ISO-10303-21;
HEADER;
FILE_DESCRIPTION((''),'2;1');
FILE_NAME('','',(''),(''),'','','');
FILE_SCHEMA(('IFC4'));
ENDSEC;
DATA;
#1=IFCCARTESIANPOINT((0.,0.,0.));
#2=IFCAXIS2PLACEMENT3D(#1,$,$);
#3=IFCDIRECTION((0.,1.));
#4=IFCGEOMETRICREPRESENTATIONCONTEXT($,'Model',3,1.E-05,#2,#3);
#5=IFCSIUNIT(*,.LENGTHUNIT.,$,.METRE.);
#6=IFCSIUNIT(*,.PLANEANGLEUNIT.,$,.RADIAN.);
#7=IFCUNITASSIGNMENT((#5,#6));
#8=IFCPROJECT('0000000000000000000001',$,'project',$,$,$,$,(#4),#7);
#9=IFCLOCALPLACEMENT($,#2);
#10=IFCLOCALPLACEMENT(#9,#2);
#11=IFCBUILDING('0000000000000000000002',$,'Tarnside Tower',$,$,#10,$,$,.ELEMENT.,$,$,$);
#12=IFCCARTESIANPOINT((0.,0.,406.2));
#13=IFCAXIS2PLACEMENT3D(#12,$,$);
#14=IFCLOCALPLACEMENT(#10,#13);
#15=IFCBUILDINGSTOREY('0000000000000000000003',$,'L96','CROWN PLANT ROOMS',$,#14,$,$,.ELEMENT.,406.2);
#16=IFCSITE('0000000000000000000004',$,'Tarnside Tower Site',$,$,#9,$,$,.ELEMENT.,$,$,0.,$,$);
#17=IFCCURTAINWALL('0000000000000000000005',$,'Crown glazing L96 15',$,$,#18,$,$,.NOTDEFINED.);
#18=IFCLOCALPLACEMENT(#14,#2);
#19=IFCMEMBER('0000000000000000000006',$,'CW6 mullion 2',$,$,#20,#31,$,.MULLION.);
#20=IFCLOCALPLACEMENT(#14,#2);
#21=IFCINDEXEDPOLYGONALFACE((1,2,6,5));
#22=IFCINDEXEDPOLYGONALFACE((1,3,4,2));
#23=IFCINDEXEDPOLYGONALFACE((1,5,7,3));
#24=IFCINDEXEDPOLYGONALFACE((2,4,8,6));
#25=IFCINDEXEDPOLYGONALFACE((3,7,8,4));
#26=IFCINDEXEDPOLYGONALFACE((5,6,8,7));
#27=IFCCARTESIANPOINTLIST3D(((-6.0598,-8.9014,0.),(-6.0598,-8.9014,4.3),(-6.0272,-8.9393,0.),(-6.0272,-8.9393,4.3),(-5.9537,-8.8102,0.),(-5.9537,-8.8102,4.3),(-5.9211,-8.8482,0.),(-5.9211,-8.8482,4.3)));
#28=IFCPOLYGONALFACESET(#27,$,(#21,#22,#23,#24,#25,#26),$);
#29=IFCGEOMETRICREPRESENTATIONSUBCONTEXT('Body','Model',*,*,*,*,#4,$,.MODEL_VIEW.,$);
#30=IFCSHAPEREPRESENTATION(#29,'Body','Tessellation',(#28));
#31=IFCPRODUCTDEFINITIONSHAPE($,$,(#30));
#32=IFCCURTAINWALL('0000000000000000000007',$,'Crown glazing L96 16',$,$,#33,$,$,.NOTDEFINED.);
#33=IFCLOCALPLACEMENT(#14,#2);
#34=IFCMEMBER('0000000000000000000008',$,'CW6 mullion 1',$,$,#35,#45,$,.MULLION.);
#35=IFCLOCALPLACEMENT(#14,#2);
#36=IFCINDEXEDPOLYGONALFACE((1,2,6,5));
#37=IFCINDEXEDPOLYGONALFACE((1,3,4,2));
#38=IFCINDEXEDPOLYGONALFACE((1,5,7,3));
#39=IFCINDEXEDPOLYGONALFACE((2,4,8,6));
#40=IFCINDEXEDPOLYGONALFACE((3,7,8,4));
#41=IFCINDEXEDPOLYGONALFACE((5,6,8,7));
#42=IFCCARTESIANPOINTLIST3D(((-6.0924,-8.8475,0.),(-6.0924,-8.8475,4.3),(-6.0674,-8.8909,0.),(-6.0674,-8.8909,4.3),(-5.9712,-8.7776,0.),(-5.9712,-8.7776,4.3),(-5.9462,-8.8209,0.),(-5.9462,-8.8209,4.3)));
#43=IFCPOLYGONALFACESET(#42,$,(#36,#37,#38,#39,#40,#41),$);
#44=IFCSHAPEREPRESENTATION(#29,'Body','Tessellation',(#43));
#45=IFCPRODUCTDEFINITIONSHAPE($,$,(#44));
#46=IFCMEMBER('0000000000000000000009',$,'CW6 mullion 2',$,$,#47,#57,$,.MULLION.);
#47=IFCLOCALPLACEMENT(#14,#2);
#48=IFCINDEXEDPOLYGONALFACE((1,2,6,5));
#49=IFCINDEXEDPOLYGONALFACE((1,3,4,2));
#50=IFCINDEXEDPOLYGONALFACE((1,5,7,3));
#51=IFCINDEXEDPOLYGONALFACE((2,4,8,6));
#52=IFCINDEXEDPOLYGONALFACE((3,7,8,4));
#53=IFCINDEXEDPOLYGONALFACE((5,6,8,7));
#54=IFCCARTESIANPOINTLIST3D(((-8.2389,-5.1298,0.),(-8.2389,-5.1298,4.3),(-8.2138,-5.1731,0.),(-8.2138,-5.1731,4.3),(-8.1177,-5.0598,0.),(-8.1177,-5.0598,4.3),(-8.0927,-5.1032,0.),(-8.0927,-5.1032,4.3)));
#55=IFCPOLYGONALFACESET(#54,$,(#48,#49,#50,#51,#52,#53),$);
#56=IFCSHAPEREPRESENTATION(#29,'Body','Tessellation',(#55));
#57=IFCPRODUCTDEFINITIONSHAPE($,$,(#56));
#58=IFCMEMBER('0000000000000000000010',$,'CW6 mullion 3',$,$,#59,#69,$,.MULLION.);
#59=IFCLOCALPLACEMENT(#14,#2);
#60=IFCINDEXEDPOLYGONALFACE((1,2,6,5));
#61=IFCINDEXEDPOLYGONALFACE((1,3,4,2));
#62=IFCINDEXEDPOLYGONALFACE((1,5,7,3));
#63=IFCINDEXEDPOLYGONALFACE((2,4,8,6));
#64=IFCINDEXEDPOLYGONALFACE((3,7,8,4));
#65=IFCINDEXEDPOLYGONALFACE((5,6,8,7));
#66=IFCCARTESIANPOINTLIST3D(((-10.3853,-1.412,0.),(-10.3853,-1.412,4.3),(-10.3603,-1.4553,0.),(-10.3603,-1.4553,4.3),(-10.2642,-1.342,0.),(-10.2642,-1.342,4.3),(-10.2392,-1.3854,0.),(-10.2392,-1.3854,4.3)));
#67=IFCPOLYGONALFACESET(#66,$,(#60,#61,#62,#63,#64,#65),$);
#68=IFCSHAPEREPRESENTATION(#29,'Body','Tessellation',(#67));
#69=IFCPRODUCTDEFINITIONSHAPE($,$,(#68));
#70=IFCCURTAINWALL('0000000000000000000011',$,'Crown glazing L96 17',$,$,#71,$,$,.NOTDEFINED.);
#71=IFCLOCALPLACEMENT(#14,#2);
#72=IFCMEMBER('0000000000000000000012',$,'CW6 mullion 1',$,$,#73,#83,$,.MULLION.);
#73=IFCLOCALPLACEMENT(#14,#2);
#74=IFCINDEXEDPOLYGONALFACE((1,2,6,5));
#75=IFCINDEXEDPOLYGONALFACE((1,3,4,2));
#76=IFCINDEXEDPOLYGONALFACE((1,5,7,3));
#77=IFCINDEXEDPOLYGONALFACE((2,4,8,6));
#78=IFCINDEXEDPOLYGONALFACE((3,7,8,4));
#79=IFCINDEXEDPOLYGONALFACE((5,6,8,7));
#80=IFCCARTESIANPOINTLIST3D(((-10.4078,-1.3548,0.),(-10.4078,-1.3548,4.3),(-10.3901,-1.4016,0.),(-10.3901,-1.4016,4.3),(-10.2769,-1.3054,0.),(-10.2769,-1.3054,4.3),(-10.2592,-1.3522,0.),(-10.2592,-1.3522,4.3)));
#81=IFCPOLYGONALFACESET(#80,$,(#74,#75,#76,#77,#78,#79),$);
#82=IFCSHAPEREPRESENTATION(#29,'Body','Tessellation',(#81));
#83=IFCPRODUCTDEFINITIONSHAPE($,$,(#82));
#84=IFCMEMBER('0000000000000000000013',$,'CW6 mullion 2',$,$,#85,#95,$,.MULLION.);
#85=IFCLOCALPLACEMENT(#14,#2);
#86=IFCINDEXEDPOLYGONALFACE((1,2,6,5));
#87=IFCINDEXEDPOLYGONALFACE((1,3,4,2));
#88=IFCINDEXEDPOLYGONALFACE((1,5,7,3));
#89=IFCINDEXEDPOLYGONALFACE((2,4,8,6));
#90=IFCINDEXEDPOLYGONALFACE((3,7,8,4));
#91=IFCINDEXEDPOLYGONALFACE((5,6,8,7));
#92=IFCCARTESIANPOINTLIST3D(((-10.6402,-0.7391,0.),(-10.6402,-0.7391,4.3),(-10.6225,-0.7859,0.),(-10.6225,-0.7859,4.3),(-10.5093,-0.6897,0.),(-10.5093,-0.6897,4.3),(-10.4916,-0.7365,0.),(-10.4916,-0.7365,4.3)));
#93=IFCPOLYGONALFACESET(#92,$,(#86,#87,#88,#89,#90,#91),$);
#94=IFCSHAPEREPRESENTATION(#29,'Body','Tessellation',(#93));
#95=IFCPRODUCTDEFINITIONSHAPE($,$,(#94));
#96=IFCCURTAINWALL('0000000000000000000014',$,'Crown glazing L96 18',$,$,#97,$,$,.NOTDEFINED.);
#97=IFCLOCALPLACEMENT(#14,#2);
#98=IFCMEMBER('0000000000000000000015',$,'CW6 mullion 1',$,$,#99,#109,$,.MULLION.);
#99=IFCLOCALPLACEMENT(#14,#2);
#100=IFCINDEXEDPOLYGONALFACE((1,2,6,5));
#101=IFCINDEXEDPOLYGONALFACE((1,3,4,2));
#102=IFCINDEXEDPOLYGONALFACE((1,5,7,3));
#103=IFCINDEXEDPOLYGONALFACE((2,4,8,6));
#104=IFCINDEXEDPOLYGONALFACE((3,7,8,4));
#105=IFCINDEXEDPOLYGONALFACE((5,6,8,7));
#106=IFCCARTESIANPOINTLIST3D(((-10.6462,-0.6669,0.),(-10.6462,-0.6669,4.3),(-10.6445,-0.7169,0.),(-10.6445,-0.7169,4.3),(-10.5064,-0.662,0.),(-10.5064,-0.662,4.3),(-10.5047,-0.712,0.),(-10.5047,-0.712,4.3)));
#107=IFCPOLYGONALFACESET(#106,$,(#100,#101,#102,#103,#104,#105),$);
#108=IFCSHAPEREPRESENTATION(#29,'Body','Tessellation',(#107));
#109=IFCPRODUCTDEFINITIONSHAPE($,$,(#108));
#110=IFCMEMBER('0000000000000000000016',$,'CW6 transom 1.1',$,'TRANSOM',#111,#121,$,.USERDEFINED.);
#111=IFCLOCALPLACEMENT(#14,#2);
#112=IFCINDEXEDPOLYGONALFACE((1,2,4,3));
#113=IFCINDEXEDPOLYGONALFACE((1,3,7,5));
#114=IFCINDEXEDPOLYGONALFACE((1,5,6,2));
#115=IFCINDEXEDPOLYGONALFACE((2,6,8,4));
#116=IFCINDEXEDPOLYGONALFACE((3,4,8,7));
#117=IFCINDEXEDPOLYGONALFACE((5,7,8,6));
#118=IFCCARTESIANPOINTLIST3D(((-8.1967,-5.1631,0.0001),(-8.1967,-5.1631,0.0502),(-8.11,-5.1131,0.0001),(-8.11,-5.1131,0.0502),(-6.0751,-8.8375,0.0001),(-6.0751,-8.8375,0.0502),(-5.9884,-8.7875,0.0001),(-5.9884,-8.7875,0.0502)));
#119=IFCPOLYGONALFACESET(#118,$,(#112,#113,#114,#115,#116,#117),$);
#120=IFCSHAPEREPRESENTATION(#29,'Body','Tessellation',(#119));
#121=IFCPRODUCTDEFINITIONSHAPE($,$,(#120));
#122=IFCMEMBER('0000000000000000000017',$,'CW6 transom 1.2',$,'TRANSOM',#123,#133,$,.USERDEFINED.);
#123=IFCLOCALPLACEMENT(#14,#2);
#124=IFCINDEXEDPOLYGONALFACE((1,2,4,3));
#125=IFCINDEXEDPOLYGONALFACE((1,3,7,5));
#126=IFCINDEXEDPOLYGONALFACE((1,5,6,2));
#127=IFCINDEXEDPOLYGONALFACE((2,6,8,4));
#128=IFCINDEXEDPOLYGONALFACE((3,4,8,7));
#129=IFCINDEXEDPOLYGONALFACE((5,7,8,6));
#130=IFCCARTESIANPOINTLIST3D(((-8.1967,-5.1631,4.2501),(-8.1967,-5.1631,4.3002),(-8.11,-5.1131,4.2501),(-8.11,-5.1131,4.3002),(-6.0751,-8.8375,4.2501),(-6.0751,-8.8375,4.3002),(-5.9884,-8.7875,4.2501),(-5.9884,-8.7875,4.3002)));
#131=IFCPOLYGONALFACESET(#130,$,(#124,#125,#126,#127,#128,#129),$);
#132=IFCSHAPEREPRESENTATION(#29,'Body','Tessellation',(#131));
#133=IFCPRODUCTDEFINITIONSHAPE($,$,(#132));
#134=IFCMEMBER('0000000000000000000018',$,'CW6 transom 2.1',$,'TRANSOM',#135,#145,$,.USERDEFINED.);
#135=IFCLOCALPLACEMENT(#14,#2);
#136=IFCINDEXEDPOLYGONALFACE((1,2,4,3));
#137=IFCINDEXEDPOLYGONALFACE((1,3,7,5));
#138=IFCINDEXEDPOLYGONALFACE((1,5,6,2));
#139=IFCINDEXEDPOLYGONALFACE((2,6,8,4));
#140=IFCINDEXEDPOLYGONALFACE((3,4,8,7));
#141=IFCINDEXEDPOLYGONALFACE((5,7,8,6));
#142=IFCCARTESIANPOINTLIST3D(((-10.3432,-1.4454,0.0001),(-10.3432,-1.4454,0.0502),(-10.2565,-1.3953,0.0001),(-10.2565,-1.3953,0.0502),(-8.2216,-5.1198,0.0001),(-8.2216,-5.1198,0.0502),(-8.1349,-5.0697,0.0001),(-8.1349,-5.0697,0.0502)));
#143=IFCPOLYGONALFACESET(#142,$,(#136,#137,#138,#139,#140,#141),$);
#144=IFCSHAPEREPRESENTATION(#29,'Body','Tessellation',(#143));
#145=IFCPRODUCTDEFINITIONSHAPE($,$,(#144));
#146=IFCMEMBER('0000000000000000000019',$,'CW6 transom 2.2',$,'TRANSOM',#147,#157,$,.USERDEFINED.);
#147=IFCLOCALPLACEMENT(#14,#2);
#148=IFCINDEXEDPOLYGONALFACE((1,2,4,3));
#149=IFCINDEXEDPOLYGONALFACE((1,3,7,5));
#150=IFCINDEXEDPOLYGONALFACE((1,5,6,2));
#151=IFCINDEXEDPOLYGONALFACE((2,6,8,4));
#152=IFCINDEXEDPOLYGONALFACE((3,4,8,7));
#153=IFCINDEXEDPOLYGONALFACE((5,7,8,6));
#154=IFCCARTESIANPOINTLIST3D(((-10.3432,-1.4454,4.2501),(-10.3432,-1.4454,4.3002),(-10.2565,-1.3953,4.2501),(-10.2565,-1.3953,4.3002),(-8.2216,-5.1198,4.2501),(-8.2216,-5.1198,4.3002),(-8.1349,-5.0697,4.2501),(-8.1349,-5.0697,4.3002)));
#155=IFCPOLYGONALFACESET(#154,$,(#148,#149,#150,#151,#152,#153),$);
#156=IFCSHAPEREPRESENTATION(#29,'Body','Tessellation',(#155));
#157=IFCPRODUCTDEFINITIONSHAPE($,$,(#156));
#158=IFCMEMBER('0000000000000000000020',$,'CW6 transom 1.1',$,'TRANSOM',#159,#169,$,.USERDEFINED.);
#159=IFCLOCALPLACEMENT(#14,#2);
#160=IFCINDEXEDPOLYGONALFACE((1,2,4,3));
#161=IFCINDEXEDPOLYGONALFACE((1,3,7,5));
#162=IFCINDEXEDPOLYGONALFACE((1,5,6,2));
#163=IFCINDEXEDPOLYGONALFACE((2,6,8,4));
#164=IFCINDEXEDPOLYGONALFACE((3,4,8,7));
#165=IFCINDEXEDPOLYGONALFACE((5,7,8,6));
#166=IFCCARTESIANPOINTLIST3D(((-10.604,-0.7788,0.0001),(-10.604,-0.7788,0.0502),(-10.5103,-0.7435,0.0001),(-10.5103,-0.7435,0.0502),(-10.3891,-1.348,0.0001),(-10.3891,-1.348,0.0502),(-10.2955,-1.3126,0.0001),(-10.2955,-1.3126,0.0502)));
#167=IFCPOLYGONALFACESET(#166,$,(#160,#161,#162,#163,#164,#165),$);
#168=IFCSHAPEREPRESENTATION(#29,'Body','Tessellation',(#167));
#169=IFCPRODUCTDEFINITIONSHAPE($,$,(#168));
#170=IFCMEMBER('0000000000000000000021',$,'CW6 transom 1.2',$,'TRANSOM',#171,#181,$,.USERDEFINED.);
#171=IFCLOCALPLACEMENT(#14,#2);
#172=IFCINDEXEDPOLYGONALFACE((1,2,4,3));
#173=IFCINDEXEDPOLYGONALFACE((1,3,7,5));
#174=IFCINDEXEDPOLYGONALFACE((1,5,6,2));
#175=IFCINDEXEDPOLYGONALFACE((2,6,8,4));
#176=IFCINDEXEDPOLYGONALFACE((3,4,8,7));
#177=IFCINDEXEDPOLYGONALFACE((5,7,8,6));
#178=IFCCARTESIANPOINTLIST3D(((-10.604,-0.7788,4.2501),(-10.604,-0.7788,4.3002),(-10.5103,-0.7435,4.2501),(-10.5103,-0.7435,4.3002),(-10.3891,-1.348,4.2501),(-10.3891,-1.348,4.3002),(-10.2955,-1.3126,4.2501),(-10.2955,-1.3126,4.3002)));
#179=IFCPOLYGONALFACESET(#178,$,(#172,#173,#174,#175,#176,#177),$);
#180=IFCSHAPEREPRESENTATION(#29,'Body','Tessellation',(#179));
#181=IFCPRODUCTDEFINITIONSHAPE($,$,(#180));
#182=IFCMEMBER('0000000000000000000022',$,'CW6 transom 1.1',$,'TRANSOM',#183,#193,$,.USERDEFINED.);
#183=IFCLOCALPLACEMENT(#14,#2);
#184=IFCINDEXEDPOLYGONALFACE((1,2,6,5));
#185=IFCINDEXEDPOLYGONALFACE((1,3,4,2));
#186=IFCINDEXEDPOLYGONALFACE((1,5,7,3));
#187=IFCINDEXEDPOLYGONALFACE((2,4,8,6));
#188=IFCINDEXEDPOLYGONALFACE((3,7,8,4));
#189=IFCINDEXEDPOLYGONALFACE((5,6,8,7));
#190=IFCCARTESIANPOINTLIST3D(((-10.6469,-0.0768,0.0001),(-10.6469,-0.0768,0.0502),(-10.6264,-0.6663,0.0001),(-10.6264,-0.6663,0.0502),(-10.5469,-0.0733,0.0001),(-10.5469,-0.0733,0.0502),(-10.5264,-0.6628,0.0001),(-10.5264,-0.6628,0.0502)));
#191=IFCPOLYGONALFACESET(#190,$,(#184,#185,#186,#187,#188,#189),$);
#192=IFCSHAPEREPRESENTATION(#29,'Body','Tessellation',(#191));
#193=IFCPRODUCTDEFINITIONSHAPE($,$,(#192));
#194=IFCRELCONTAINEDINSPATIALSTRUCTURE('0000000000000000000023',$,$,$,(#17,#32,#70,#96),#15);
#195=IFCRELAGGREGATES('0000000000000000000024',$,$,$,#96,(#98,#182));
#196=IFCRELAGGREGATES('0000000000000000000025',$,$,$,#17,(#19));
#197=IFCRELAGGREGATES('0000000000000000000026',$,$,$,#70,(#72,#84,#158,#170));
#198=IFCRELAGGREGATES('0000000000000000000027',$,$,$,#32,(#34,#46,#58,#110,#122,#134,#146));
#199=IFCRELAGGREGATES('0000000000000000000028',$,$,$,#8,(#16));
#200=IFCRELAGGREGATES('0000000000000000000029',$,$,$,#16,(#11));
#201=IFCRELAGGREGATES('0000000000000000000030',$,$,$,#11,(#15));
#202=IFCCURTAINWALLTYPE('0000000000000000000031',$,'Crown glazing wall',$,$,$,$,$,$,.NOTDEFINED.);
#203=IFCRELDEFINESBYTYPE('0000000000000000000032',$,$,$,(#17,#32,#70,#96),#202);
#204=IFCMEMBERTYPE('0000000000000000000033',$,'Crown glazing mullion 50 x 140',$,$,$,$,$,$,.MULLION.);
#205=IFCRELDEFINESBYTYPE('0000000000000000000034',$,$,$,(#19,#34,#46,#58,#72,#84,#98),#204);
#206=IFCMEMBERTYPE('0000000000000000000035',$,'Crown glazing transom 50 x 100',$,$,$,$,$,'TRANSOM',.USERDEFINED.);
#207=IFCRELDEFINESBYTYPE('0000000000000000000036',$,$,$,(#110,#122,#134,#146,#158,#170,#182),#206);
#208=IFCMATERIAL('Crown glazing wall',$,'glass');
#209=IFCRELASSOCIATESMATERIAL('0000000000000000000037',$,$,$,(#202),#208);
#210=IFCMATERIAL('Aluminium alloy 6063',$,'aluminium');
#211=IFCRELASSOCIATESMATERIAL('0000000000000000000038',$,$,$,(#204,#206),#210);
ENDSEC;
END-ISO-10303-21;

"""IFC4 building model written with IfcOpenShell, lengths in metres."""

from ifc_helpers import new_model, si_unit, direction, frame, origin, origin_2d, place, context, subcontext, project, spatial, rectangle, extrude, material, material_profile, profile_set, type_object, element, aggregate, save


model = new_model("IFC4")

# Units and contexts
model_context = context("Model", 3, precision=1e-05, world=origin(), true_north=direction((0.0, 1.0)))
body_context = subcontext(model_context, "Body", "Model", "MODEL_VIEW")
ifc_project = project(units=[si_unit("LENGTHUNIT", "METRE"), si_unit("PLANEANGLEUNIT", "RADIAN")], contexts=[model_context])

# Site, building, storey
site_placement = place(None, origin())
site = spatial("IfcSite", under=ifc_project, at=site_placement, Name="Tarnside Tower Site", CompositionType="ELEMENT", RefElevation=0.0)
building_placement = place(site_placement, origin())
building = spatial("IfcBuilding", under=site, at=building_placement, Name="Tarnside Tower", CompositionType="ELEMENT")
storey_placement = place(building_placement, frame((0.0, 0.0, 406.2)))
storey = spatial("IfcBuildingStorey", under=building, at=storey_placement, Name="L96", Description="CROWN PLANT ROOMS", CompositionType="ELEMENT", Elevation=406.2)

# Curtain wall, member
ifc_material_1 = material(Name="Crown glazing wall", Category="glass")
curtain_wall_type = type_object("IfcCurtainWallType", Name="Crown glazing wall", PredefinedType="NOTDEFINED", material=ifc_material_1)
curtain_wall_1_placement = place(storey_placement, origin())
curtain_wall_1 = element("IfcCurtainWall", 1, at=curtain_wall_1_placement, inside=storey, type_object=curtain_wall_type, Name="Crown glazing L96 15", PredefinedType="NOTDEFINED")
ifc_material_2 = material(Name="Aluminium alloy 6063", Category="aluminium")
ifc_material_profile_1 = material_profile(ifc_material_2, rectangle(XDim=0.1399, YDim=0.05, at=origin_2d()), Name="Crown glazing mullion 50 x 140")
ifc_profile_set_1 = profile_set([ifc_material_profile_1], Name="Aluminium alloy 6063")
member_type_1 = type_object("IfcMemberType", Name="Crown glazing mullion 50 x 140", PredefinedType="MULLION", material=ifc_profile_set_1)
member_1_placement = place(storey_placement, frame((-5.9905, -8.8748, 0.0), z_axis=(0.0, 0.0, 1.0), x_axis=(-0.758514, -0.651657, 0.0)))
member_1 = element("IfcMember", 2, at=member_1_placement, type_object=member_type_1, Name="CW6 mullion 2", PredefinedType="MULLION", context=body_context, shape_type="SweptSolid", body=[
    extrude(rectangle(XDim=0.1399, YDim=0.05, at=origin_2d()), origin(), (0.0, 0.0, 1.0), 4.3),
])

# Curtain walls, members
curtain_wall_2_placement = place(storey_placement, origin())
curtain_wall_2 = element("IfcCurtainWall", 3, at=curtain_wall_2_placement, inside=storey, type_object=curtain_wall_type, Name="Crown glazing L96 16", PredefinedType="NOTDEFINED")
member_2_placement = place(storey_placement, frame((-6.0193, -8.8342, 0.0), z_axis=(0.0, 0.0, 1.0), x_axis=(-0.866025, -0.5, 0.0)))
member_2 = element("IfcMember", 4, at=member_2_placement, type_object=member_type_1, Name="CW6 mullion 1", PredefinedType="MULLION", context=body_context, shape_type="SweptSolid", body=[
    extrude(rectangle(XDim=0.1399, YDim=0.05, at=origin_2d()), origin(), (0.0, 0.0, 1.0), 4.3),
])
member_3_placement = place(storey_placement, frame((-8.1658, -5.1165, 0.0), z_axis=(0.0, 0.0, 1.0), x_axis=(-0.866025, -0.5, 0.0)))
member_3 = element("IfcMember", 5, at=member_3_placement, type_object=member_type_1, Name="CW6 mullion 2", PredefinedType="MULLION", context=body_context, shape_type="SweptSolid", body=[
    extrude(rectangle(XDim=0.1399, YDim=0.05, at=origin_2d()), origin(), (0.0, 0.0, 1.0), 4.3),
])
member_4_placement = place(storey_placement, frame((-10.3123, -1.3987, 0.0), z_axis=(0.0, 0.0, 1.0), x_axis=(-0.866025, -0.5, 0.0)))
member_4 = element("IfcMember", 6, at=member_4_placement, type_object=member_type_1, Name="CW6 mullion 3", PredefinedType="MULLION", context=body_context, shape_type="SweptSolid", body=[
    extrude(rectangle(XDim=0.1399, YDim=0.05, at=origin_2d()), origin(), (0.0, 0.0, 1.0), 4.3),
])
curtain_wall_3_placement = place(storey_placement, origin())
curtain_wall_3 = element("IfcCurtainWall", 7, at=curtain_wall_3_placement, inside=storey, type_object=curtain_wall_type, Name="Crown glazing L96 17", PredefinedType="NOTDEFINED")
member_5_placement = place(storey_placement, frame((-10.3335, -1.3535, 0.0), z_axis=(0.0, 0.0, 1.0), x_axis=(-0.93565, -0.352931, 0.0)))
member_5 = element("IfcMember", 8, at=member_5_placement, type_object=member_type_1, Name="CW6 mullion 1", PredefinedType="MULLION", context=body_context, shape_type="SweptSolid", body=[
    extrude(rectangle(XDim=0.1399, YDim=0.05, at=origin_2d()), origin(), (0.0, 0.0, 1.0), 4.3),
])
member_6_placement = place(storey_placement, frame((-10.5659, -0.7378, 0.0), z_axis=(0.0, 0.0, 1.0), x_axis=(-0.93565, -0.352931, 0.0)))
member_6 = element("IfcMember", 9, at=member_6_placement, type_object=member_type_1, Name="CW6 mullion 2", PredefinedType="MULLION", context=body_context, shape_type="SweptSolid", body=[
    extrude(rectangle(XDim=0.1399, YDim=0.05, at=origin_2d()), origin(), (0.0, 0.0, 1.0), 4.3),
])

# Curtain wall, member
curtain_wall_4_placement = place(storey_placement, origin())
curtain_wall_4 = element("IfcCurtainWall", 10, at=curtain_wall_4_placement, inside=storey, type_object=curtain_wall_type, Name="Crown glazing L96 18", PredefinedType="NOTDEFINED")
member_7_placement = place(storey_placement, frame((-10.5754, -0.6895, 0.0), z_axis=(0.0, 0.0, 1.0), x_axis=(-0.999391, -0.034899, 0.0)))
member_7 = element("IfcMember", 11, at=member_7_placement, type_object=member_type_1, Name="CW6 mullion 1", PredefinedType="MULLION", context=body_context, shape_type="SweptSolid", body=[
    extrude(rectangle(XDim=0.1399, YDim=0.05, at=origin_2d()), origin(), (0.0, 0.0, 1.0), 4.3),
])

# Members
ifc_material_profile_2 = material_profile(ifc_material_2, rectangle(XDim=0.1001, YDim=0.05, at=origin_2d()), Name="Crown glazing transom 50 x 100")
ifc_profile_set_2 = profile_set([ifc_material_profile_2], Name="Aluminium alloy 6063")
member_type_2 = type_object("IfcMemberType", Name="Crown glazing transom 50 x 100", ElementType="TRANSOM", PredefinedType="USERDEFINED", material=ifc_profile_set_2)
member_8_placement = place(storey_placement, frame((-6.0317, -8.8125, 0.0251), z_axis=(-0.500038, 0.866004, 0.0), x_axis=(-0.866004, -0.500038, 0.0)))
member_8 = element("IfcMember", 12, at=member_8_placement, type_object=member_type_2, Name="CW6 transom 1.1", ObjectType="TRANSOM", PredefinedType="USERDEFINED", context=body_context, shape_type="SweptSolid", body=[
    extrude(rectangle(XDim=0.1001, YDim=0.05, at=origin_2d()), origin(), (0.0, 0.0, 1.0), 4.2429),
])
member_9_placement = place(storey_placement, frame((-6.0317, -8.8125, 4.2751), z_axis=(-0.500038, 0.866004, 0.0), x_axis=(-0.866004, -0.500038, 0.0)))
member_9 = element("IfcMember", 13, at=member_9_placement, type_object=member_type_2, Name="CW6 transom 1.2", ObjectType="TRANSOM", PredefinedType="USERDEFINED", context=body_context, shape_type="SweptSolid", body=[
    extrude(rectangle(XDim=0.1001, YDim=0.05, at=origin_2d()), origin(), (0.0, 0.0, 1.0), 4.2429),
])
member_10_placement = place(storey_placement, frame((-8.1782, -5.0947, 0.0251), z_axis=(-0.500038, 0.866004, 0.0), x_axis=(-0.866004, -0.500038, 0.0)))
member_10 = element("IfcMember", 14, at=member_10_placement, type_object=member_type_2, Name="CW6 transom 2.1", ObjectType="TRANSOM", PredefinedType="USERDEFINED", context=body_context, shape_type="SweptSolid", body=[
    extrude(rectangle(XDim=0.1001, YDim=0.05, at=origin_2d()), origin(), (0.0, 0.0, 1.0), 4.2429),
])
member_11_placement = place(storey_placement, frame((-8.1782, -5.0947, 4.2751), z_axis=(-0.500038, 0.866004, 0.0), x_axis=(-0.866004, -0.500038, 0.0)))
member_11 = element("IfcMember", 15, at=member_11_placement, type_object=member_type_2, Name="CW6 transom 2.2", ObjectType="TRANSOM", PredefinedType="USERDEFINED", context=body_context, shape_type="SweptSolid", body=[
    extrude(rectangle(XDim=0.1001, YDim=0.05, at=origin_2d()), origin(), (0.0, 0.0, 1.0), 4.2429),
])
member_12_placement = place(storey_placement, frame((-10.3423, -1.3303, 0.0251), z_axis=(-0.35319, 0.935552, 0.0), x_axis=(-0.935552, -0.35319, 0.0)))
member_12 = element("IfcMember", 16, at=member_12_placement, type_object=member_type_2, Name="CW6 transom 1.1", ObjectType="TRANSOM", PredefinedType="USERDEFINED", context=body_context, shape_type="SweptSolid", body=[
    extrude(rectangle(XDim=0.1001, YDim=0.05, at=origin_2d()), origin(), (0.0, 0.0, 1.0), 0.6084),
])
member_13_placement = place(storey_placement, frame((-10.3423, -1.3303, 4.2751), z_axis=(-0.35319, 0.935552, 0.0), x_axis=(-0.935552, -0.35319, 0.0)))
member_13 = element("IfcMember", 17, at=member_13_placement, type_object=member_type_2, Name="CW6 transom 1.2", ObjectType="TRANSOM", PredefinedType="USERDEFINED", context=body_context, shape_type="SweptSolid", body=[
    extrude(rectangle(XDim=0.1001, YDim=0.05, at=origin_2d()), origin(), (0.0, 0.0, 1.0), 0.6084),
])
member_14_placement = place(storey_placement, frame((-10.5764, -0.6646, 0.0251), z_axis=(-0.034762, 0.999396, 0.0), x_axis=(-0.999396, -0.034762, 0.0)))
member_14 = element("IfcMember", 18, at=member_14_placement, type_object=member_type_2, Name="CW6 transom 1.1", ObjectType="TRANSOM", PredefinedType="USERDEFINED", context=body_context, shape_type="SweptSolid", body=[
    extrude(rectangle(XDim=0.1001, YDim=0.05, at=origin_2d()), origin(), (0.0, 0.0, 1.0), 0.5898),
])
aggregate(curtain_wall_4, [member_7, member_14])

aggregate(curtain_wall_1, [member_1])
aggregate(curtain_wall_3, [member_5, member_6, member_12, member_13])
aggregate(curtain_wall_2, [member_2, member_3, member_4, member_8, member_9, member_10, member_11])

save(model, "model.ifc")
